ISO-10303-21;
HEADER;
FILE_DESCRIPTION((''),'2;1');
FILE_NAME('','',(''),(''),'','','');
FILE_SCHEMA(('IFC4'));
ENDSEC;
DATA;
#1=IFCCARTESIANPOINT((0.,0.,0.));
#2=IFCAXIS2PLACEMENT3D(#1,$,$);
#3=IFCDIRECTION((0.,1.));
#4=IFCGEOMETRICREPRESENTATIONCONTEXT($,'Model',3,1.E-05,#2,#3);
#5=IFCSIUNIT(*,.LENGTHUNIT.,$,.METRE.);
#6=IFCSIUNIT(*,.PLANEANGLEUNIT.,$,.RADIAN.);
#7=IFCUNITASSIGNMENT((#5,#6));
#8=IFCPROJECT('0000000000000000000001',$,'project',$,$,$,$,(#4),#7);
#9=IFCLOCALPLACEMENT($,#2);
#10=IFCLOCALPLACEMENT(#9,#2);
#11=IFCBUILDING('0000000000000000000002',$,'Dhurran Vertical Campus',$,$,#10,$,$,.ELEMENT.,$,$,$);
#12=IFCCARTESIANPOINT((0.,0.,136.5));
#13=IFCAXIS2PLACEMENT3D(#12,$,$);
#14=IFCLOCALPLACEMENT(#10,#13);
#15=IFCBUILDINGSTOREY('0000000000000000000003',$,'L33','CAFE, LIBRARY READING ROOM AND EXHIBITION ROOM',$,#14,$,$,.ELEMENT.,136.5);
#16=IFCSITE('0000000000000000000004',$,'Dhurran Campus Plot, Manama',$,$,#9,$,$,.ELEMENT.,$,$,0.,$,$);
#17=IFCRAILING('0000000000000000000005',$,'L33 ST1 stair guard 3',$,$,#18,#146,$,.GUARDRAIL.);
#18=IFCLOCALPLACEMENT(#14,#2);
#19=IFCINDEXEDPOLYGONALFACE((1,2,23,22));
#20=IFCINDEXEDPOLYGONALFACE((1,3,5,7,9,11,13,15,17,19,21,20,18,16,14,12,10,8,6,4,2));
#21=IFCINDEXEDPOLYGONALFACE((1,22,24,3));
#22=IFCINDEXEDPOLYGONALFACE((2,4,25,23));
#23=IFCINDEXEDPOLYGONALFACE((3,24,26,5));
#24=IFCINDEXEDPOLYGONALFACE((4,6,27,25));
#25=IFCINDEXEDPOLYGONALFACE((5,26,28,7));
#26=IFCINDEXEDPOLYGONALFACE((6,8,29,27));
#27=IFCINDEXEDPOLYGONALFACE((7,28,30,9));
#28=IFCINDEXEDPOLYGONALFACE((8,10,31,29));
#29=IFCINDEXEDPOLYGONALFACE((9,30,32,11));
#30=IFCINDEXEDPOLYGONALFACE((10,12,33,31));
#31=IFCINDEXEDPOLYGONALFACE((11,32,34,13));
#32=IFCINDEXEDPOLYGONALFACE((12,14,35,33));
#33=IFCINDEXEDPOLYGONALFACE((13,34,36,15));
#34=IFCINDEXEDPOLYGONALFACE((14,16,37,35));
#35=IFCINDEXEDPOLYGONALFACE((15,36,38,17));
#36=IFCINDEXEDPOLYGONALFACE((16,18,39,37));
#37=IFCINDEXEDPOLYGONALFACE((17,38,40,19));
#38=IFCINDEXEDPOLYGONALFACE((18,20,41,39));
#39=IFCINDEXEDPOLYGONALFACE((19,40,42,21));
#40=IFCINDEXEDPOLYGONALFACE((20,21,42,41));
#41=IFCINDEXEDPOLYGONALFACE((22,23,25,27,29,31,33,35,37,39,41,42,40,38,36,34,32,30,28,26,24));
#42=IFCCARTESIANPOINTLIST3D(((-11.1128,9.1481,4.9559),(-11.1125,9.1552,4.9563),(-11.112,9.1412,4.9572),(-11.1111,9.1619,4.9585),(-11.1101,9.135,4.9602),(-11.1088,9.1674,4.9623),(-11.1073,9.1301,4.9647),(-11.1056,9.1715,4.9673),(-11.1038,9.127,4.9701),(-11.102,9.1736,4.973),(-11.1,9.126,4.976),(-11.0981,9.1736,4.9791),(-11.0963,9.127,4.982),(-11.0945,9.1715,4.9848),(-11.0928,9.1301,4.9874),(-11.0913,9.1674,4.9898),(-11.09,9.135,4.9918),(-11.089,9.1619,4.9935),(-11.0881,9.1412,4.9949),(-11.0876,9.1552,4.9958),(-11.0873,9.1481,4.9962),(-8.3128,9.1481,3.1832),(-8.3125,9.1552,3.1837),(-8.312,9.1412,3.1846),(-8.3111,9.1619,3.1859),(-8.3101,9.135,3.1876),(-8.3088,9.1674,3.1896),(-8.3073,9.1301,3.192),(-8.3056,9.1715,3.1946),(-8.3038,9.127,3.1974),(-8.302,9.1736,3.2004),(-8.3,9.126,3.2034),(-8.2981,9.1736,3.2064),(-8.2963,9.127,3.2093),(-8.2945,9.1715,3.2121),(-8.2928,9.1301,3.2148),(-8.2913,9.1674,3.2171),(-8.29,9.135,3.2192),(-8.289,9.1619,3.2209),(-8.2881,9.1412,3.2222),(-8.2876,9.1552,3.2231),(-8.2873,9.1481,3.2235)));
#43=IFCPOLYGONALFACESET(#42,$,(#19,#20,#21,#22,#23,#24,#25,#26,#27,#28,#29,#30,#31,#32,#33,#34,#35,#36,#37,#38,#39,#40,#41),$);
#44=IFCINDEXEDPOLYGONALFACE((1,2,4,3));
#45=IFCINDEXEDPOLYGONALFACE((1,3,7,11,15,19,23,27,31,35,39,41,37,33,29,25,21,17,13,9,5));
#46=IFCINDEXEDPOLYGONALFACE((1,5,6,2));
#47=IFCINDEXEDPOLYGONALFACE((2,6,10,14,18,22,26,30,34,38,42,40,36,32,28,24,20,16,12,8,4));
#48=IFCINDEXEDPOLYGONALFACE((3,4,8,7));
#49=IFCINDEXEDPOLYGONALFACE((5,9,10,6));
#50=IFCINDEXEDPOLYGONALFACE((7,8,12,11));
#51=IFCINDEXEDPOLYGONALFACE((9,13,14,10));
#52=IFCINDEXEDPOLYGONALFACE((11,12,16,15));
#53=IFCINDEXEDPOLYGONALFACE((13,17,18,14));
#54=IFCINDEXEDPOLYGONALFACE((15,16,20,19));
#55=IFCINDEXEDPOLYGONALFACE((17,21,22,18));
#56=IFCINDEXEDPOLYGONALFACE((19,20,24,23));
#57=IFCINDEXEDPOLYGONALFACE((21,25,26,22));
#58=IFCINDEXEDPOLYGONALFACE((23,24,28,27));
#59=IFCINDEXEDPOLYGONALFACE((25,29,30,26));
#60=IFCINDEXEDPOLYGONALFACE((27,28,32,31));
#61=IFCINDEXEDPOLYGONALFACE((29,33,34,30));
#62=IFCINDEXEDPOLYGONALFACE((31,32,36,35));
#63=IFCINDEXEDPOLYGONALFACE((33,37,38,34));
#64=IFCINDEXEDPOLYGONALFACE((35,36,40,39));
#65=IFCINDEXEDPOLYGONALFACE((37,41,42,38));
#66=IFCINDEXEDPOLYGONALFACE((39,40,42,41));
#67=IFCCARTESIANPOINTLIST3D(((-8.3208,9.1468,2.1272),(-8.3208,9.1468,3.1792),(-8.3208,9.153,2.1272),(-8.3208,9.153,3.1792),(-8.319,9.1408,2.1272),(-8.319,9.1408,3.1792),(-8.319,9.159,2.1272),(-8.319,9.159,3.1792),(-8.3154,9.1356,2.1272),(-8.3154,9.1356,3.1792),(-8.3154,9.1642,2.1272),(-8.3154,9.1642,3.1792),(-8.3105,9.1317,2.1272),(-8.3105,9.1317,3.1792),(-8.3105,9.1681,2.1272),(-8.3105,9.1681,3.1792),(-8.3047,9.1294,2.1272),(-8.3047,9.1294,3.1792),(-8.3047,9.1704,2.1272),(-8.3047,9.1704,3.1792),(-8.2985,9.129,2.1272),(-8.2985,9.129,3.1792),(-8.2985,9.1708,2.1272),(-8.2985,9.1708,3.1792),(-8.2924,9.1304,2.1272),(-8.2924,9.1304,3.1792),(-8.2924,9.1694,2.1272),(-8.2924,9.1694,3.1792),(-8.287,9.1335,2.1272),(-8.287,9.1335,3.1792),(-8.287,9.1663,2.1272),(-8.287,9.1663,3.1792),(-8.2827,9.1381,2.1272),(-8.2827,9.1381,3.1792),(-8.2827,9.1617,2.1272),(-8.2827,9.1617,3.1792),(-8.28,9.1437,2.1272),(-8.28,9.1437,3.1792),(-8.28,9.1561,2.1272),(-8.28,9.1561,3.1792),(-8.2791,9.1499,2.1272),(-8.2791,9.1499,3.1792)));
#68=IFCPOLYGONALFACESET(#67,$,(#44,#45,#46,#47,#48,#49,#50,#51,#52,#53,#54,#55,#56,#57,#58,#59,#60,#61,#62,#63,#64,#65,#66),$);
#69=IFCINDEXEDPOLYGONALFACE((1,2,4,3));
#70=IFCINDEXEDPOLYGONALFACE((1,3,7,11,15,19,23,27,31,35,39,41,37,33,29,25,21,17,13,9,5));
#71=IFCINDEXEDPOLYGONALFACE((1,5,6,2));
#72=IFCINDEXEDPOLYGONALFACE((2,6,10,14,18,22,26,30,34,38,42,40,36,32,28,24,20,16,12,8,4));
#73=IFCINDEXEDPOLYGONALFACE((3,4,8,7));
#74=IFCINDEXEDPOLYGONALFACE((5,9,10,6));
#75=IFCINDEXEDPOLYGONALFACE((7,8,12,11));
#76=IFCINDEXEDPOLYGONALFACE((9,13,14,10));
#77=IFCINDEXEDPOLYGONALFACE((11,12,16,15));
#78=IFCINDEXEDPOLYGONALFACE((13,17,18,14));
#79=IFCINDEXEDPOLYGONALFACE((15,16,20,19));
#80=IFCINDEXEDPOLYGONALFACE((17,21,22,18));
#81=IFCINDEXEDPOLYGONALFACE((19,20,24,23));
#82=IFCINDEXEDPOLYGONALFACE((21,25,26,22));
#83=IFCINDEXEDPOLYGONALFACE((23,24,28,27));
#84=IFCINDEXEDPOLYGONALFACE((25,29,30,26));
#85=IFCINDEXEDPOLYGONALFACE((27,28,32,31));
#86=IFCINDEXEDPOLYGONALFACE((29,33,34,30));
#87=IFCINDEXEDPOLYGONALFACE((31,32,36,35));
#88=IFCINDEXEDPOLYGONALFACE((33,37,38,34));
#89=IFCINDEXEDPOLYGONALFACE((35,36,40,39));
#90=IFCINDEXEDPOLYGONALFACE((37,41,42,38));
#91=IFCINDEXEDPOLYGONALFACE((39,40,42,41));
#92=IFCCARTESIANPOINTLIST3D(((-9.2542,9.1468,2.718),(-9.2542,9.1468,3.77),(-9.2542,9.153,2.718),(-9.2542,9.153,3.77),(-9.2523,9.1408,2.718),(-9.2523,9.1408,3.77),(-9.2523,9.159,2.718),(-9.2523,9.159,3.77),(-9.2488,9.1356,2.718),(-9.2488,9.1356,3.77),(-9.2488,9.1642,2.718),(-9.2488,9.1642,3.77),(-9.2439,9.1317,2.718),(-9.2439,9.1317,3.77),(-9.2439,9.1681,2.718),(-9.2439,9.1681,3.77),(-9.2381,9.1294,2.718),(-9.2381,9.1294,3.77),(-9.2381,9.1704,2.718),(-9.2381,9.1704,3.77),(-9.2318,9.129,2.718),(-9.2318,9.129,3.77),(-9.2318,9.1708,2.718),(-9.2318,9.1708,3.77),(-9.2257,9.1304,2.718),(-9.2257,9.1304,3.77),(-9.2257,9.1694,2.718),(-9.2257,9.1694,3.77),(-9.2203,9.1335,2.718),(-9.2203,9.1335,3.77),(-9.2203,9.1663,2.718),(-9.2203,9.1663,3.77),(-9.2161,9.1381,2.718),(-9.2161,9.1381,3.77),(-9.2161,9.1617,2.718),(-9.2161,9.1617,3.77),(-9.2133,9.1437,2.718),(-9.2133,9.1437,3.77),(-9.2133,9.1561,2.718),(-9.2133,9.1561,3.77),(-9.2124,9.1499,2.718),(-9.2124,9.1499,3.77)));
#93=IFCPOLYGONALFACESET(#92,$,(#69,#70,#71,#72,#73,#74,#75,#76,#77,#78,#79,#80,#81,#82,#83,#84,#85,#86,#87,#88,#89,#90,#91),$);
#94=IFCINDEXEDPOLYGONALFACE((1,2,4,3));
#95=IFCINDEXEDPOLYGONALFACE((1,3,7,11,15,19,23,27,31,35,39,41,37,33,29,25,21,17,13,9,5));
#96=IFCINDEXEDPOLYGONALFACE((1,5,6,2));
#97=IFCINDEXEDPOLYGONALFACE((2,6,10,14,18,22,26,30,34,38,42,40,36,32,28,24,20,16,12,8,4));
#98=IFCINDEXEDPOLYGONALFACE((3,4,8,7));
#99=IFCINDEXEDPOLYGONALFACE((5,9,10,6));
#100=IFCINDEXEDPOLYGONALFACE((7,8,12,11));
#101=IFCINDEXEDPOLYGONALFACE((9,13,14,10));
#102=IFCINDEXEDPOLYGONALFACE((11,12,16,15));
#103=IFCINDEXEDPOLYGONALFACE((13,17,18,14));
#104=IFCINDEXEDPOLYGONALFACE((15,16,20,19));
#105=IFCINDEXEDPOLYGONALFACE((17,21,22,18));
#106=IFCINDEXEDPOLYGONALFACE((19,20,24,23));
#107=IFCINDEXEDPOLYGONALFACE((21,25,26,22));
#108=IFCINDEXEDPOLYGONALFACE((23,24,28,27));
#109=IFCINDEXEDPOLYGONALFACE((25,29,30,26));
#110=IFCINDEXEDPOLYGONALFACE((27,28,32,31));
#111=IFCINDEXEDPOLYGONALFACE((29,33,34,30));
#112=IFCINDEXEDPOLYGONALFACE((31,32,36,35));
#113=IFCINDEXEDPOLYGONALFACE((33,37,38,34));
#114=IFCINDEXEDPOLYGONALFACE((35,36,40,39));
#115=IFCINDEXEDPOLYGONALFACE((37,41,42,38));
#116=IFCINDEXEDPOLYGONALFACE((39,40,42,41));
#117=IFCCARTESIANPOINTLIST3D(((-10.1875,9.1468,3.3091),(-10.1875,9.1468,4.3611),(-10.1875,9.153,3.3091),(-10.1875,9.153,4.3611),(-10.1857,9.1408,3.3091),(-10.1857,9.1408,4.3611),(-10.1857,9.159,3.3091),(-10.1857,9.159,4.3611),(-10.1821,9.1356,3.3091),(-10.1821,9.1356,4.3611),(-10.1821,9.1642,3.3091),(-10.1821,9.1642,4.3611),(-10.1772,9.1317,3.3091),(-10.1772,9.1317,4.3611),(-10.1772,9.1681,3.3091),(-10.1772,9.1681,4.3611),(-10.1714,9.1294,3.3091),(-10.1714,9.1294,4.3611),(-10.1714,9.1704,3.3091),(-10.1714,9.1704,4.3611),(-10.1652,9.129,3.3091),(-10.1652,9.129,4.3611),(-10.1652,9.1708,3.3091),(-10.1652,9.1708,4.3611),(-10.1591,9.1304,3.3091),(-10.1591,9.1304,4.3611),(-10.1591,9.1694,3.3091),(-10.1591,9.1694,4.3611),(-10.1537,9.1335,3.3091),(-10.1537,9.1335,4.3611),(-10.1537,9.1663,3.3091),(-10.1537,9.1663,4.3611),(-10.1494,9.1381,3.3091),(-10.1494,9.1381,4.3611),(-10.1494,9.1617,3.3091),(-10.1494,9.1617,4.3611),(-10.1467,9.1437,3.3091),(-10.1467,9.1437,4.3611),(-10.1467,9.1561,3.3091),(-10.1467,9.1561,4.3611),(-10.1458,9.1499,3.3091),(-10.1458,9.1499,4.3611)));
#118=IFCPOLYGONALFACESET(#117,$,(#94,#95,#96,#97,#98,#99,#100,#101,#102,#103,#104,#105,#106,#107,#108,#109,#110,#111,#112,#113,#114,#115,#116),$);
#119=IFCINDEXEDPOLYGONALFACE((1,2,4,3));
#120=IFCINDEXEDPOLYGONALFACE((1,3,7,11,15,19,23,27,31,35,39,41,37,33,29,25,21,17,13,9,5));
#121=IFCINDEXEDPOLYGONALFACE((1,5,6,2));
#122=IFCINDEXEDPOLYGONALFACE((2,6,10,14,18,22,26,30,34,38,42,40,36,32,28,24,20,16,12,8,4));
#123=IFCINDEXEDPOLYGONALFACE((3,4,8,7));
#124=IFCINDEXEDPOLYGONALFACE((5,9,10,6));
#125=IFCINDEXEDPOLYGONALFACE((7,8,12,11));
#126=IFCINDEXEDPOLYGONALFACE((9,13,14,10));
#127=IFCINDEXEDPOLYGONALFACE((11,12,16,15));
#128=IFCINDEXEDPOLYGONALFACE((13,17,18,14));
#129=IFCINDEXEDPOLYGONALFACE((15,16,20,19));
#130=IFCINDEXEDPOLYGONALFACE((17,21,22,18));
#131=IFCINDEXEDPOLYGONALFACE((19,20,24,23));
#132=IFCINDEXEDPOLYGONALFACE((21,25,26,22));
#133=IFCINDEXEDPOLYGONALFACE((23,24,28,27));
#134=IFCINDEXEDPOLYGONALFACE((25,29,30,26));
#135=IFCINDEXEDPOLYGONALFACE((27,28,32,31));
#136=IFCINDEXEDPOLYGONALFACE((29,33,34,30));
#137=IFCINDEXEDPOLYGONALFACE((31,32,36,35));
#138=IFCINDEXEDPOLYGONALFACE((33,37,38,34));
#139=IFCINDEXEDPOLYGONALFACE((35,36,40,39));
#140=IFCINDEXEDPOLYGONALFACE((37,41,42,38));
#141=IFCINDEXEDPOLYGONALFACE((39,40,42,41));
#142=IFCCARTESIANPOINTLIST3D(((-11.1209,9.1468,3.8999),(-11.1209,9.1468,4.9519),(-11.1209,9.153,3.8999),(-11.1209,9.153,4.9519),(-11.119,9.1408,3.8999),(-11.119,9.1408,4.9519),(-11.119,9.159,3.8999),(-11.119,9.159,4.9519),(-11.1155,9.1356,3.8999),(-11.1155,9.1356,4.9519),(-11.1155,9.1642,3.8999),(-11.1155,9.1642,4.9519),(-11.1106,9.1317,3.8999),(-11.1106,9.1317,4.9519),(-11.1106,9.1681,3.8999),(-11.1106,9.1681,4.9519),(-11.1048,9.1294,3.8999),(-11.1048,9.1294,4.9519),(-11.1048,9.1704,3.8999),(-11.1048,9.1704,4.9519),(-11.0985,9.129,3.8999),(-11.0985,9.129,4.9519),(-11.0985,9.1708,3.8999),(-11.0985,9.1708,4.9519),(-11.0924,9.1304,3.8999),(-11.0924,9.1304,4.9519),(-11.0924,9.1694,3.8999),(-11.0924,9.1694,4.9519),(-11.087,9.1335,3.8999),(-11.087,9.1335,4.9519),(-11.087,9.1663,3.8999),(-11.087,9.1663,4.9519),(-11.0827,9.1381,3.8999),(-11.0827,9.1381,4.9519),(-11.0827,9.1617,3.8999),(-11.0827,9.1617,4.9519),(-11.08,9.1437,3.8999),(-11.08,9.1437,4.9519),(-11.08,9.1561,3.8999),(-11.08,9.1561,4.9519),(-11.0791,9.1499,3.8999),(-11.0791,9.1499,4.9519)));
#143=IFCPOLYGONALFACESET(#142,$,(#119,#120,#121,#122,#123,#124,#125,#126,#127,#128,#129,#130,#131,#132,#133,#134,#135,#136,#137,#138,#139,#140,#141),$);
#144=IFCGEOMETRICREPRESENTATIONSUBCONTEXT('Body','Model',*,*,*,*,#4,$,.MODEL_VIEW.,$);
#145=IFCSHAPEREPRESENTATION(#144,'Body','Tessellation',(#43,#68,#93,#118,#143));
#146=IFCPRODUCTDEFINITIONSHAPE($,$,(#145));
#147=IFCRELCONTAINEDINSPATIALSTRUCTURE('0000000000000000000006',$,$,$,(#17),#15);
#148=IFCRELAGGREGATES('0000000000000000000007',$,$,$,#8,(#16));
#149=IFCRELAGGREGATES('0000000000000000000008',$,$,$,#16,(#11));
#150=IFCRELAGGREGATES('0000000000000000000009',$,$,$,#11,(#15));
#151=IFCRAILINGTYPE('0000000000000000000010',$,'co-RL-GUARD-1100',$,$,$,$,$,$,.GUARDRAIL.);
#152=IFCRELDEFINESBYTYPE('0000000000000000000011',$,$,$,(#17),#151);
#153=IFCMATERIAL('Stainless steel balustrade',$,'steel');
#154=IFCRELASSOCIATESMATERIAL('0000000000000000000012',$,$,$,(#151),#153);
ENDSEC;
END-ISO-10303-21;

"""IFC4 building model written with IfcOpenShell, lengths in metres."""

from ifc_helpers import new_model, si_unit, direction, frame, origin, origin_2d, place, context, subcontext, project, spatial, circle, extrude, material, type_object, element, save


model = new_model("IFC4")

# Units and contexts
model_context = context("Model", 3, precision=1e-05, world=origin(), true_north=direction((0.0, 1.0)))
body_context = subcontext(model_context, "Body", "Model", "MODEL_VIEW")
ifc_project = project(units=[si_unit("LENGTHUNIT", "METRE"), si_unit("PLANEANGLEUNIT", "RADIAN")], contexts=[model_context])

# Site, building, storey
site_placement = place(None, origin())
site = spatial("IfcSite", under=ifc_project, at=site_placement, Name="Dhurran Campus Plot, Manama", CompositionType="ELEMENT", RefElevation=0.0)
building_placement = place(site_placement, origin())
building = spatial("IfcBuilding", under=site, at=building_placement, Name="Dhurran Vertical Campus", CompositionType="ELEMENT")
storey_placement = place(building_placement, frame((0.0, 0.0, 136.5)))
storey = spatial("IfcBuildingStorey", under=building, at=storey_placement, Name="L33", Description="CAFE, LIBRARY READING ROOM AND EXHIBITION ROOM", CompositionType="ELEMENT", Elevation=136.5)

# Railing
ifc_material_1 = material(Name="Stainless steel balustrade", Category="steel")
railing_type_1 = type_object("IfcRailingType", Name="co-RL-GUARD-1100", PredefinedType="GUARDRAIL", material=ifc_material_1)
railing_1_placement = place(storey_placement, frame((-8.3, 9.1499, 2.1272)))
element("IfcRailing", 1, at=railing_1_placement, inside=storey, type_object=railing_type_1, Name="L33 ST1 stair guard 3", PredefinedType="GUARDRAIL", context=body_context, shape_type="SweptSolid", body=[
    extrude(circle(Radius=0.0239, at=origin_2d()), frame((0.0, 0.0, 1.0762), z_axis=(-0.844909, 0.0, 0.53491), x_axis=(0.0, -1.0, 0.0)), (0.0, 0.0, 1.0), 3.314),
    extrude(circle(Radius=0.021, at=origin_2d()), origin(), (0.0, 0.0, 1.0), 1.052),
    extrude(circle(Radius=0.021, at=origin_2d()), frame((-0.9333, 0.0, 0.5908)), (0.0, 0.0, 1.0), 1.052),
    extrude(circle(Radius=0.021, at=origin_2d()), frame((-1.8667, 0.0, 1.1819)), (0.0, 0.0, 1.0), 1.052),
    extrude(circle(Radius=0.021, at=origin_2d()), frame((-2.8, 0.0, 1.7727)), (0.0, 0.0, 1.0), 1.052),
])

save(model, "model.ifc")
